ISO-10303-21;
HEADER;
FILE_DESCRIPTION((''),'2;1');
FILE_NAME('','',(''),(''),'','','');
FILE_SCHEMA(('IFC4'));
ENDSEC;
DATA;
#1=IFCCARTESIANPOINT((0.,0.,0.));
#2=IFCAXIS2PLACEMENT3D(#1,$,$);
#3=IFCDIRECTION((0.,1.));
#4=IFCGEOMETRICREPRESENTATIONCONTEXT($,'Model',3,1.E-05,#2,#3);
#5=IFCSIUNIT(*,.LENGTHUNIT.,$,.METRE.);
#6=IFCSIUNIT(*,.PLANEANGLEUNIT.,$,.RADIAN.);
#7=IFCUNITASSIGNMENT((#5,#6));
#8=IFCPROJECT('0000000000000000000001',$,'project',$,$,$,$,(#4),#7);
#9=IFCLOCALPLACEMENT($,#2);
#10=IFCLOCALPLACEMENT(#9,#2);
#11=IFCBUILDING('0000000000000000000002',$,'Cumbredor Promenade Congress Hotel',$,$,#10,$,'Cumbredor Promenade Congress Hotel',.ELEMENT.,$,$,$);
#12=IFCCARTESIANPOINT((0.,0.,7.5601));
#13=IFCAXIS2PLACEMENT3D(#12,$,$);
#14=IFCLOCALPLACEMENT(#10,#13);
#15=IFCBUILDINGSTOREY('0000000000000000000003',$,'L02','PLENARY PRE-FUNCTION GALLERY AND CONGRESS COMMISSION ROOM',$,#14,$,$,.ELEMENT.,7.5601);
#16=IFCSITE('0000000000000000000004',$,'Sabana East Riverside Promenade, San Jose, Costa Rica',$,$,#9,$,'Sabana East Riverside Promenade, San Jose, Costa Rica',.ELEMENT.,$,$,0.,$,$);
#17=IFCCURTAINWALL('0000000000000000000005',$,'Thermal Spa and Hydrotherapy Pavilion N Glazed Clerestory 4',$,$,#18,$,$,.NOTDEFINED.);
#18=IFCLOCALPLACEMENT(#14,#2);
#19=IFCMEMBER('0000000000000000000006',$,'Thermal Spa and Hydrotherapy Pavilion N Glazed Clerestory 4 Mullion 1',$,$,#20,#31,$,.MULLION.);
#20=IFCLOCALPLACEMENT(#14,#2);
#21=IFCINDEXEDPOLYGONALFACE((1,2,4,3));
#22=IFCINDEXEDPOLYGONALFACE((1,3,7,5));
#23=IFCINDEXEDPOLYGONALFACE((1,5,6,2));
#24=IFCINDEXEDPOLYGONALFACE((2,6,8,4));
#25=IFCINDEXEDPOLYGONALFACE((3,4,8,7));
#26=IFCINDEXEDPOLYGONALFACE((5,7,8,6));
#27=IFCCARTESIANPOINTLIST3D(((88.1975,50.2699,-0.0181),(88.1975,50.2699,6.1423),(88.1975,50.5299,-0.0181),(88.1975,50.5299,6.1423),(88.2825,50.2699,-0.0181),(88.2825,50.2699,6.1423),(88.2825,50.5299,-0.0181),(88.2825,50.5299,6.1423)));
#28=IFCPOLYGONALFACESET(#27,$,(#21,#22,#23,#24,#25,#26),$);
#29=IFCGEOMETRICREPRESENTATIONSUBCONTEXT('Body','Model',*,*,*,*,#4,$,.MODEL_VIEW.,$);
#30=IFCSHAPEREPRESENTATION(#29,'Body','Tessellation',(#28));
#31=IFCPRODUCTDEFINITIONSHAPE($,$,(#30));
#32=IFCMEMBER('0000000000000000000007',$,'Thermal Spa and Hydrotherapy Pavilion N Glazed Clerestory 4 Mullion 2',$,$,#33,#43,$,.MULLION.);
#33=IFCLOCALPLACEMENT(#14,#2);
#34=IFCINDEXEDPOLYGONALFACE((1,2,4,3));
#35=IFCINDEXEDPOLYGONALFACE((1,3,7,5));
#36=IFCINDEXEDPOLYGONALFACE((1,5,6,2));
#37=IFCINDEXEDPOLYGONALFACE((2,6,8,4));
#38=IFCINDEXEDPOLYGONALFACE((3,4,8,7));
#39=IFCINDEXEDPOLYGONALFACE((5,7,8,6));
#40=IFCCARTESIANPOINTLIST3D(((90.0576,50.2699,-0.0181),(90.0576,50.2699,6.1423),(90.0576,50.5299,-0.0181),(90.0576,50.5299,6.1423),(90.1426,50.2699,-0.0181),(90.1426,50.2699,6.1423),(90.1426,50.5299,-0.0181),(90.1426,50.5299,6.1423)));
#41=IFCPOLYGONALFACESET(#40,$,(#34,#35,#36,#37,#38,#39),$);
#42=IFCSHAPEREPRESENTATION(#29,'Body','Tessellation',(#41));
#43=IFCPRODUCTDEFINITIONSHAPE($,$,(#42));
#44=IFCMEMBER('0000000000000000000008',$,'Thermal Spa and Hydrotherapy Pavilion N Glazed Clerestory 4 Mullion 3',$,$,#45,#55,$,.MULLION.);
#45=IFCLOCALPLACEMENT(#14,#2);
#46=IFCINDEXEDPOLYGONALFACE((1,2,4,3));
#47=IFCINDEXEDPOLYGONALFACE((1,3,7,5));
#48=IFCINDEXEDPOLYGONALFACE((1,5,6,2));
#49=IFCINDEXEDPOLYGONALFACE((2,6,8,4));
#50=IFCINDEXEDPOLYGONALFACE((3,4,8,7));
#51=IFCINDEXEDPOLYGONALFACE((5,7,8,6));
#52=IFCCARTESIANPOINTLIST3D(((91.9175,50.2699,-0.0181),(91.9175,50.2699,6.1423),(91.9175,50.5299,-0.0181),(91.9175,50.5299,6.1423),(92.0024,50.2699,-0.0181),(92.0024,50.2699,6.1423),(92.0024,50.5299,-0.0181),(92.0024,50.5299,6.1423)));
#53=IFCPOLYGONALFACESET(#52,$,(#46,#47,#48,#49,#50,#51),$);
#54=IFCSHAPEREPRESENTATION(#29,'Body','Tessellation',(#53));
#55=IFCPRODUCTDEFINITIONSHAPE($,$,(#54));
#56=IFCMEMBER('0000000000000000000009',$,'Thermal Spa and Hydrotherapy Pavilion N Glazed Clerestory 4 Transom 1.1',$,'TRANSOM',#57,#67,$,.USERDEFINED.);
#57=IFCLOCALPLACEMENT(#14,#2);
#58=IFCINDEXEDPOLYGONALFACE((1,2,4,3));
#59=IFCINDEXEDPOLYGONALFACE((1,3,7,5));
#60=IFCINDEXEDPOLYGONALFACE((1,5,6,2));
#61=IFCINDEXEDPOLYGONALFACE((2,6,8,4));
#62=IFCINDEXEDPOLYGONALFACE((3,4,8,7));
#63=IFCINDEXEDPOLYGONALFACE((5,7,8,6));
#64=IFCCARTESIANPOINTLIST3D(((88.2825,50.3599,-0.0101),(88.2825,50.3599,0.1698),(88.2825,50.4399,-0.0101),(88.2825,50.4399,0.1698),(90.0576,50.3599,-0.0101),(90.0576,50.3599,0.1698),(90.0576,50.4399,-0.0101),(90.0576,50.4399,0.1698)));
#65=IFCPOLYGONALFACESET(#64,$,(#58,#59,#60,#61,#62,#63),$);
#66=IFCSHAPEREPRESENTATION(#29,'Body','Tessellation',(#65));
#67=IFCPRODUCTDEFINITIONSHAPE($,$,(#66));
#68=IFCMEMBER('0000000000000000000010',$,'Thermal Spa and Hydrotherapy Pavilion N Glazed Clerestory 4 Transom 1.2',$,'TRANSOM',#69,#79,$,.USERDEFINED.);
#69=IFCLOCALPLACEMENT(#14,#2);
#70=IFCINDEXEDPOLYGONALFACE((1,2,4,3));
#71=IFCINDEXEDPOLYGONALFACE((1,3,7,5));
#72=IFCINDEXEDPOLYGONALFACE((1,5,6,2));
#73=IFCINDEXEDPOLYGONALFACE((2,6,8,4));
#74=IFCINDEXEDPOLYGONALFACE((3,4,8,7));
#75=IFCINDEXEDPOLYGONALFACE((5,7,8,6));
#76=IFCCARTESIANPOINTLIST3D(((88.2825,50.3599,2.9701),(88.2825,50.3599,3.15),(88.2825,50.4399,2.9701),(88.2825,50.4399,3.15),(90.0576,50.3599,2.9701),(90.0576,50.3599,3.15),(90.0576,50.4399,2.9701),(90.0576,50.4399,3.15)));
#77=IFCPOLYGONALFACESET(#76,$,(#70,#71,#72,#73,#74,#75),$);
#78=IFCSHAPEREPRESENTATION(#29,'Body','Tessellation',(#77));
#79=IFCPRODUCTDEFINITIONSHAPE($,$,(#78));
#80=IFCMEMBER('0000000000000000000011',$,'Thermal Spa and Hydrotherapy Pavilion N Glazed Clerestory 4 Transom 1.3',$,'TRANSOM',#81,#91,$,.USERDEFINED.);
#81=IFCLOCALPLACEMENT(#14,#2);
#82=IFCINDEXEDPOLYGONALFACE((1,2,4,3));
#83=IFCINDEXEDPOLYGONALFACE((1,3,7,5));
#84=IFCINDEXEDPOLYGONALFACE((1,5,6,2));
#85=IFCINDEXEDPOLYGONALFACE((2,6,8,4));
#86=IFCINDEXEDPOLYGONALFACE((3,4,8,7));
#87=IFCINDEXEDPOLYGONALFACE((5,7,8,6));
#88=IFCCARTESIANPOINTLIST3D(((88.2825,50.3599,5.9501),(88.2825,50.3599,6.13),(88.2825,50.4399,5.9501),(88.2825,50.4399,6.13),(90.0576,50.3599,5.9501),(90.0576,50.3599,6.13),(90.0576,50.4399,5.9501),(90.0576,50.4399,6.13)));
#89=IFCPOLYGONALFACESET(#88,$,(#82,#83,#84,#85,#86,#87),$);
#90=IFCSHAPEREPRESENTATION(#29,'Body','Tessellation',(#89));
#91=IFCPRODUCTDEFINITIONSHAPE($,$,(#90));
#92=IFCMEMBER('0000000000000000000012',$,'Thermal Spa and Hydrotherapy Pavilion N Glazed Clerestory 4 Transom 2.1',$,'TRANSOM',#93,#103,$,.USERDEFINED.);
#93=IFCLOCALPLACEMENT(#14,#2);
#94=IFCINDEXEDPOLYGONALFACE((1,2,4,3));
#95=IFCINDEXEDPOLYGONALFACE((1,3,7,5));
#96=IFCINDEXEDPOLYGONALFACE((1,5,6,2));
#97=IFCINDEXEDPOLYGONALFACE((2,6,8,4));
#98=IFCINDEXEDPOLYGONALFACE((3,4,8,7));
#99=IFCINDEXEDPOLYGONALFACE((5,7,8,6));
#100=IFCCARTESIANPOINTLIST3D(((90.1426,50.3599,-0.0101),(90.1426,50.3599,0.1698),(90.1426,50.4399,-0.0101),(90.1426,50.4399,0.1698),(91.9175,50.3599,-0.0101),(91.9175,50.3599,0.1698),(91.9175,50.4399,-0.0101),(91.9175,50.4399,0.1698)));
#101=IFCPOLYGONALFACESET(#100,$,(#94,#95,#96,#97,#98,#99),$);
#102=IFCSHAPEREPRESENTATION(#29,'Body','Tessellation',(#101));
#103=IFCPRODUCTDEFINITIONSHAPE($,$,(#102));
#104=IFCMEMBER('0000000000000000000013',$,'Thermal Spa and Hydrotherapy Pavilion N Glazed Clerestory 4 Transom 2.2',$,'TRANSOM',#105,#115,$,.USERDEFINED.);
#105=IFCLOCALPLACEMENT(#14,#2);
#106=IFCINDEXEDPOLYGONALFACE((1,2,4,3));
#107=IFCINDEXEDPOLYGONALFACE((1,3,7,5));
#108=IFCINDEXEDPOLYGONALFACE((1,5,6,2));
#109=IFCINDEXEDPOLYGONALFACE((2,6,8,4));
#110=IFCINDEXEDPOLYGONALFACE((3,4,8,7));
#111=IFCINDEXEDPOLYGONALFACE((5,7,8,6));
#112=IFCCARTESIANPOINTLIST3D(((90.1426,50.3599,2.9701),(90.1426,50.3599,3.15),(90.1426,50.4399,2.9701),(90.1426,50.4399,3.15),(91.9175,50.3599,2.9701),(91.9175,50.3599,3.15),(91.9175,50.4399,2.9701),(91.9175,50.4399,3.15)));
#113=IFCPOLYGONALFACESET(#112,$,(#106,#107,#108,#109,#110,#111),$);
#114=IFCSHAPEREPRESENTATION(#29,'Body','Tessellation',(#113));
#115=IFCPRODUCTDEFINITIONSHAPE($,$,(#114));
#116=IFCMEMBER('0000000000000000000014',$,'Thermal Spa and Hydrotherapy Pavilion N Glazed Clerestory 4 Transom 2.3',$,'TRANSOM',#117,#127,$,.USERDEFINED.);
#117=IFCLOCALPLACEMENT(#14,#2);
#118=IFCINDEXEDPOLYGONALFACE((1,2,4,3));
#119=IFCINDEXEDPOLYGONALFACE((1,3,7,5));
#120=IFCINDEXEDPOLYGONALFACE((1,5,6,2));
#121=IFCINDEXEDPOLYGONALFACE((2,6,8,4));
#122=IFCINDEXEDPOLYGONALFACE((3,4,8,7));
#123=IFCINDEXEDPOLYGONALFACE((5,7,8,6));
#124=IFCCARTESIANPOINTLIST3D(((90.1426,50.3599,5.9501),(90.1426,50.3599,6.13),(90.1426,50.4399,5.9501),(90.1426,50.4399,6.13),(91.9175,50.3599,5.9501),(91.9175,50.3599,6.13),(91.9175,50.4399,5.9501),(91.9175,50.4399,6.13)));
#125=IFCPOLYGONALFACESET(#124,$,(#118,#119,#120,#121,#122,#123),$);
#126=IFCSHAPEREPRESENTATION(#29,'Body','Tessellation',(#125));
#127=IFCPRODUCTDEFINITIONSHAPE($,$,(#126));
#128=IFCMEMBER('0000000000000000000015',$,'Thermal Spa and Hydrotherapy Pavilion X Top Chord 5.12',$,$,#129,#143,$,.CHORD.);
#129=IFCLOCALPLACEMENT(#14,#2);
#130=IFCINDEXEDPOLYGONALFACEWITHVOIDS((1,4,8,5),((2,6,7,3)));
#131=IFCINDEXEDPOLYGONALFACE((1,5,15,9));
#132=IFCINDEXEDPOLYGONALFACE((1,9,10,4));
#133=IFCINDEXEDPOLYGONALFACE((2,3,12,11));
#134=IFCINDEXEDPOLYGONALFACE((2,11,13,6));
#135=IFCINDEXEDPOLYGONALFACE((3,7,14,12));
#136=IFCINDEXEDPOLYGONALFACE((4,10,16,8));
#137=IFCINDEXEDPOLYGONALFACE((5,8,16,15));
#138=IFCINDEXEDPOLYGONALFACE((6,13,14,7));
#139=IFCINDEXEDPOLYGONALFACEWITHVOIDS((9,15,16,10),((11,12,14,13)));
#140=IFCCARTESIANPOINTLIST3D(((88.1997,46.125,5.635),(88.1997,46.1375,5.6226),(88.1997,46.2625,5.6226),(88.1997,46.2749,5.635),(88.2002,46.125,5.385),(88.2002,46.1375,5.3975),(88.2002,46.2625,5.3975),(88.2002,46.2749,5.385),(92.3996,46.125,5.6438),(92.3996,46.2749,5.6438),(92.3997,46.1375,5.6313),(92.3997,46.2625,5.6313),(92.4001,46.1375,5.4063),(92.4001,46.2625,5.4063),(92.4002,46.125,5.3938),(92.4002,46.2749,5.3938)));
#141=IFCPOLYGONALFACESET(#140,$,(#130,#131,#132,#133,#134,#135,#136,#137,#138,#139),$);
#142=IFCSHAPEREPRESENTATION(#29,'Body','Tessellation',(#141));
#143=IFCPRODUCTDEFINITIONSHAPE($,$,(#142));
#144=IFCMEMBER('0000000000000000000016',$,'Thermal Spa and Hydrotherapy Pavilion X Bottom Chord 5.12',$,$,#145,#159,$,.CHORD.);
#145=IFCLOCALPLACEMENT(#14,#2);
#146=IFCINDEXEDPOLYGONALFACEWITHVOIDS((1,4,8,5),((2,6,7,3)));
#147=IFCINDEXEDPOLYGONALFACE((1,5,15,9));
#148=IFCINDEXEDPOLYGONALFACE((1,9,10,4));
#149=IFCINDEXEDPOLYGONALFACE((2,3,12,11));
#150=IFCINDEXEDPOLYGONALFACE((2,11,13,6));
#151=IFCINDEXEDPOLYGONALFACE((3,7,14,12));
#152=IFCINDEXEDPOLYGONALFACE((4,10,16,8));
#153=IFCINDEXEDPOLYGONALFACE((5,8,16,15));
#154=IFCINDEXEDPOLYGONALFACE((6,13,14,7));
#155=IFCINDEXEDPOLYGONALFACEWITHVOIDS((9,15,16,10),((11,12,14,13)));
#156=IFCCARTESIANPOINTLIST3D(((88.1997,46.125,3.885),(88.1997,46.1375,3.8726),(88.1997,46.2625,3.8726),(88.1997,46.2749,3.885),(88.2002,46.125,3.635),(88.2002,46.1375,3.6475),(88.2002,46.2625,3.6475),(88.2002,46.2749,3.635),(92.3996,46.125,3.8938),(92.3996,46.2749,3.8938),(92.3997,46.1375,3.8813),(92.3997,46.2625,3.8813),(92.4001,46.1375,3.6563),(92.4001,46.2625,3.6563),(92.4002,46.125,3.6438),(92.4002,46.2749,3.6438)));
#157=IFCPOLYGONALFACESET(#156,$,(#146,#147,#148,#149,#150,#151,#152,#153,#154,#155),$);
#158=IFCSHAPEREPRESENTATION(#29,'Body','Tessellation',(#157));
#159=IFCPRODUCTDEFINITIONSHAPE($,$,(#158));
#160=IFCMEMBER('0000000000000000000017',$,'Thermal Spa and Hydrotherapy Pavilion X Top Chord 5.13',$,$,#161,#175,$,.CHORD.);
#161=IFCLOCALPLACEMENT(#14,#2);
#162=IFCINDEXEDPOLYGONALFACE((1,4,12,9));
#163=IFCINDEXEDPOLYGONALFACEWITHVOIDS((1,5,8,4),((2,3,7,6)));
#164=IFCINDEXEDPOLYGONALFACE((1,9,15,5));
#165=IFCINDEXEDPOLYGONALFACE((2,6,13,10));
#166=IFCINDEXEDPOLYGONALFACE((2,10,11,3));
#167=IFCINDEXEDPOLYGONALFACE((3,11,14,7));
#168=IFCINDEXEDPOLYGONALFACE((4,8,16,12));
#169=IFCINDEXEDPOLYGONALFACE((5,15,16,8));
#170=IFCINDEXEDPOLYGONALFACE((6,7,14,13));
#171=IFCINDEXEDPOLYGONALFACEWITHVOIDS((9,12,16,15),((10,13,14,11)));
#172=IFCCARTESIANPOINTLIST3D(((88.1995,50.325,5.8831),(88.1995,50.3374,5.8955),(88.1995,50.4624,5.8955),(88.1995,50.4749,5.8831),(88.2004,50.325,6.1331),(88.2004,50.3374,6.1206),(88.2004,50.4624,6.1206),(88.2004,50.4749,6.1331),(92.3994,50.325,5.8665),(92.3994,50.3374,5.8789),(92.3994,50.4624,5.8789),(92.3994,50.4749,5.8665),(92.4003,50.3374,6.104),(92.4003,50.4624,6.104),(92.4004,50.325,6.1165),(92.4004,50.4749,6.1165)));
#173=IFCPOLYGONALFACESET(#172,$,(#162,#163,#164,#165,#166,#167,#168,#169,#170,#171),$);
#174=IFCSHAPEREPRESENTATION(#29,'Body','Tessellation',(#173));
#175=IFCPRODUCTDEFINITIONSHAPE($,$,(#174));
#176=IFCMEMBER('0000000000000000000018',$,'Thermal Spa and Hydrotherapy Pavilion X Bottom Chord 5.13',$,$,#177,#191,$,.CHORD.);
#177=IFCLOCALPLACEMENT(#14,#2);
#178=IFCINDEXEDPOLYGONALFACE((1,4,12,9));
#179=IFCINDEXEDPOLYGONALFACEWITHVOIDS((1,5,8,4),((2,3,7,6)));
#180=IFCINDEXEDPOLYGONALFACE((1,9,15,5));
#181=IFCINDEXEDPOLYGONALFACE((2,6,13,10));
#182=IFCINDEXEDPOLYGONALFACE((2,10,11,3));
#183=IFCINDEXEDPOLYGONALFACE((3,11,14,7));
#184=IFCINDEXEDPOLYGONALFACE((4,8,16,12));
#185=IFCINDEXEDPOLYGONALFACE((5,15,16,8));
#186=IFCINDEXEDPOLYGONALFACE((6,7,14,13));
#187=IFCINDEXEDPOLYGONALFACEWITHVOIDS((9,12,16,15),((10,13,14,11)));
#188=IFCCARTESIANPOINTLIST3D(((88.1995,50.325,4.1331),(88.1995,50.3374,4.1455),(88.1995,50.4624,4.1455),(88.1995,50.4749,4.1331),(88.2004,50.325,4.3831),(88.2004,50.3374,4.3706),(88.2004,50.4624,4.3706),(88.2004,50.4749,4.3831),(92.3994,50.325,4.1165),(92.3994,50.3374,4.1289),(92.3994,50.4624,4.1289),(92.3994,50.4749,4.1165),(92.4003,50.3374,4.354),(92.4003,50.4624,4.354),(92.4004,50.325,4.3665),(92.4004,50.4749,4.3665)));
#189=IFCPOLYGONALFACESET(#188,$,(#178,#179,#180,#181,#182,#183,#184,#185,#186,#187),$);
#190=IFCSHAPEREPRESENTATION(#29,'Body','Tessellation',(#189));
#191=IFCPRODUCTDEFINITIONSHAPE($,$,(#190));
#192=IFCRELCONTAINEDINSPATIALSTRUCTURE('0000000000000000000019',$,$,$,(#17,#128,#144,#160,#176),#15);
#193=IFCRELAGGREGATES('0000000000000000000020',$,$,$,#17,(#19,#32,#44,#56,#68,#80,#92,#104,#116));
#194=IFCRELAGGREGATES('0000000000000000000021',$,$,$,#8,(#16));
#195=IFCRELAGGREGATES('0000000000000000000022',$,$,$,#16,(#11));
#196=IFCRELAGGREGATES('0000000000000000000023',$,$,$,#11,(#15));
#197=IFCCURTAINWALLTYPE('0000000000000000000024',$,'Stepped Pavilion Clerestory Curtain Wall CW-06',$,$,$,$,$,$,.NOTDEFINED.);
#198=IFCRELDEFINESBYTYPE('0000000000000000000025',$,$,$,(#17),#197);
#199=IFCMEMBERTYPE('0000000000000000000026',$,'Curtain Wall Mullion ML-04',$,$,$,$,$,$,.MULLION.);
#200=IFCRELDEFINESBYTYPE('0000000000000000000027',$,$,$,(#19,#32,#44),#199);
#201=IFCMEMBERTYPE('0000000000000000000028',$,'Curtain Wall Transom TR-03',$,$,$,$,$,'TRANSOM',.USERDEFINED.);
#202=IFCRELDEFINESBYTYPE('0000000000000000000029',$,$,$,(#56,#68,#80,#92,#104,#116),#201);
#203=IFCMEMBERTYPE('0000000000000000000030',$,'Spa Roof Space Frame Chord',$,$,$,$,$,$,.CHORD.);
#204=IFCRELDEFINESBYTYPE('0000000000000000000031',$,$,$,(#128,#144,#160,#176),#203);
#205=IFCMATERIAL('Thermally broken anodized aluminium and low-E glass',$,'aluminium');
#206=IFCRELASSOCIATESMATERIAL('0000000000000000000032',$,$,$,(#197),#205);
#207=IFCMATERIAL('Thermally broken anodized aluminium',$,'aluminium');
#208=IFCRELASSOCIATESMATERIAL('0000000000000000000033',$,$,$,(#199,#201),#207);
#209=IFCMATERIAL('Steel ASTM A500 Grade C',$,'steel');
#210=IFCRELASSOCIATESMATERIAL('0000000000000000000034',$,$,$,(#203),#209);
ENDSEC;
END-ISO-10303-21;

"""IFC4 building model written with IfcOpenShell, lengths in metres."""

from ifc_helpers import new_model, si_unit, direction, frame, origin, origin_2d, place, context, subcontext, project, spatial, rectangle, hollow_rectangle, extrude, material, material_profile, profile_set, type_object, element, aggregate, save


model = new_model("IFC4")

# Units and contexts
model_context = context("Model", 3, precision=1e-05, world=origin(), true_north=direction((0.0, 1.0)))
body_context = subcontext(model_context, "Body", "Model", "MODEL_VIEW")
ifc_project = project(units=[si_unit("LENGTHUNIT", "METRE"), si_unit("PLANEANGLEUNIT", "RADIAN")], contexts=[model_context])

# Site, building, storey
site_placement = place(None, origin())
site = spatial("IfcSite", under=ifc_project, at=site_placement, Name="Sabana East Riverside Promenade, San Jose, Costa Rica", LongName="Sabana East Riverside Promenade, San Jose, Costa Rica", CompositionType="ELEMENT", RefElevation=0.0)
building_placement = place(site_placement, origin())
building = spatial("IfcBuilding", under=site, at=building_placement, Name="Cumbredor Promenade Congress Hotel", LongName="Cumbredor Promenade Congress Hotel", CompositionType="ELEMENT")
storey_placement = place(building_placement, frame((0.0, 0.0, 7.5601)))
storey = spatial("IfcBuildingStorey", under=building, at=storey_placement, Name="L02", Description="PLENARY PRE-FUNCTION GALLERY AND CONGRESS COMMISSION ROOM", CompositionType="ELEMENT", Elevation=7.5601)

# Curtain wall, members
ifc_material_1 = material(Name="Thermally broken anodized aluminium and low-E glass", Category="aluminium")
curtain_wall_type = type_object("IfcCurtainWallType", Name="Stepped Pavilion Clerestory Curtain Wall CW-06", PredefinedType="NOTDEFINED", material=ifc_material_1)
curtain_wall_placement = place(storey_placement, origin())
curtain_wall = element("IfcCurtainWall", 1, at=curtain_wall_placement, inside=storey, type_object=curtain_wall_type, Name="Thermal Spa and Hydrotherapy Pavilion N Glazed Clerestory 4", PredefinedType="NOTDEFINED")
ifc_material_2 = material(Name="Thermally broken anodized aluminium", Category="aluminium")
ifc_material_profile_1 = material_profile(ifc_material_2, rectangle(XDim=0.085, YDim=0.26, at=origin_2d()), Name="ALU MULLION CLERESTORY 85x260")
ifc_profile_set_1 = profile_set([ifc_material_profile_1], Name="Thermally broken anodized aluminium")
member_type_1 = type_object("IfcMemberType", Name="Curtain Wall Mullion ML-04", PredefinedType="MULLION", material=ifc_profile_set_1)
member_1_placement = place(storey_placement, frame((88.24, 50.3999, -0.0181), z_axis=(0.0, 0.0, 1.0), x_axis=(1.0, 0.0, 0.0)))
member_1 = element("IfcMember", 2, at=member_1_placement, type_object=member_type_1, Name="Thermal Spa and Hydrotherapy Pavilion N Glazed Clerestory 4 Mullion 1", PredefinedType="MULLION", context=body_context, shape_type="SweptSolid", body=[
    extrude(rectangle(XDim=0.085, YDim=0.26, at=origin_2d()), origin(), (0.0, 0.0, 1.0), 6.1604),
])
member_2_placement = place(storey_placement, frame((90.1001, 50.3999, -0.0181), z_axis=(0.0, 0.0, 1.0), x_axis=(1.0, 0.0, 0.0)))
member_2 = element("IfcMember", 3, at=member_2_placement, type_object=member_type_1, Name="Thermal Spa and Hydrotherapy Pavilion N Glazed Clerestory 4 Mullion 2", PredefinedType="MULLION", context=body_context, shape_type="SweptSolid", body=[
    extrude(rectangle(XDim=0.085, YDim=0.26, at=origin_2d()), origin(), (0.0, 0.0, 1.0), 6.1604),
])
member_3_placement = place(storey_placement, frame((91.96, 50.3999, -0.0181), z_axis=(0.0, 0.0, 1.0), x_axis=(1.0, 0.0, 0.0)))
member_3 = element("IfcMember", 4, at=member_3_placement, type_object=member_type_1, Name="Thermal Spa and Hydrotherapy Pavilion N Glazed Clerestory 4 Mullion 3", PredefinedType="MULLION", context=body_context, shape_type="SweptSolid", body=[
    extrude(rectangle(XDim=0.085, YDim=0.26, at=origin_2d()), origin(), (0.0, 0.0, 1.0), 6.1604),
])
ifc_material_profile_2 = material_profile(ifc_material_2, rectangle(XDim=0.0801, YDim=0.1799, at=origin_2d()), Name="ALU TRANSOM 80x180")
ifc_profile_set_2 = profile_set([ifc_material_profile_2], Name="Thermally broken anodized aluminium")
member_type_2 = type_object("IfcMemberType", Name="Curtain Wall Transom TR-03", ElementType="TRANSOM", PredefinedType="USERDEFINED", material=ifc_profile_set_2)
member_4_placement = place(storey_placement, frame((88.2825, 50.3999, 0.0798), z_axis=(1.0, 0.0, 0.0), x_axis=(0.0, 1.0, 0.0)))
member_4 = element("IfcMember", 5, at=member_4_placement, type_object=member_type_2, Name="Thermal Spa and Hydrotherapy Pavilion N Glazed Clerestory 4 Transom 1.1", ObjectType="TRANSOM", PredefinedType="USERDEFINED", context=body_context, shape_type="SweptSolid", body=[
    extrude(rectangle(XDim=0.0801, YDim=0.1799, at=origin_2d()), origin(), (0.0, 0.0, 1.0), 1.7751),
])
member_5_placement = place(storey_placement, frame((88.2825, 50.3999, 3.0601), z_axis=(1.0, 0.0, 0.0), x_axis=(0.0, 1.0, 0.0)))
member_5 = element("IfcMember", 6, at=member_5_placement, type_object=member_type_2, Name="Thermal Spa and Hydrotherapy Pavilion N Glazed Clerestory 4 Transom 1.2", ObjectType="TRANSOM", PredefinedType="USERDEFINED", context=body_context, shape_type="SweptSolid", body=[
    extrude(rectangle(XDim=0.0801, YDim=0.1799, at=origin_2d()), origin(), (0.0, 0.0, 1.0), 1.7751),
])
member_6_placement = place(storey_placement, frame((88.2825, 50.3999, 6.04), z_axis=(1.0, 0.0, 0.0), x_axis=(0.0, 1.0, 0.0)))
member_6 = element("IfcMember", 7, at=member_6_placement, type_object=member_type_2, Name="Thermal Spa and Hydrotherapy Pavilion N Glazed Clerestory 4 Transom 1.3", ObjectType="TRANSOM", PredefinedType="USERDEFINED", context=body_context, shape_type="SweptSolid", body=[
    extrude(rectangle(XDim=0.0801, YDim=0.1799, at=origin_2d()), origin(), (0.0, 0.0, 1.0), 1.7751),
])
member_7_placement = place(storey_placement, frame((90.1426, 50.3999, 0.0798), z_axis=(1.0, 0.0, 0.0), x_axis=(0.0, 1.0, 0.0)))
member_7 = element("IfcMember", 8, at=member_7_placement, type_object=member_type_2, Name="Thermal Spa and Hydrotherapy Pavilion N Glazed Clerestory 4 Transom 2.1", ObjectType="TRANSOM", PredefinedType="USERDEFINED", context=body_context, shape_type="SweptSolid", body=[
    extrude(rectangle(XDim=0.0801, YDim=0.1799, at=origin_2d()), origin(), (0.0, 0.0, 1.0), 1.7749),
])
member_8_placement = place(storey_placement, frame((90.1426, 50.3999, 3.0601), z_axis=(1.0, 0.0, 0.0), x_axis=(0.0, 1.0, 0.0)))
member_8 = element("IfcMember", 9, at=member_8_placement, type_object=member_type_2, Name="Thermal Spa and Hydrotherapy Pavilion N Glazed Clerestory 4 Transom 2.2", ObjectType="TRANSOM", PredefinedType="USERDEFINED", context=body_context, shape_type="SweptSolid", body=[
    extrude(rectangle(XDim=0.0801, YDim=0.1799, at=origin_2d()), origin(), (0.0, 0.0, 1.0), 1.7749),
])
member_9_placement = place(storey_placement, frame((90.1426, 50.3999, 6.04), z_axis=(1.0, 0.0, 0.0), x_axis=(0.0, 1.0, 0.0)))
member_9 = element("IfcMember", 10, at=member_9_placement, type_object=member_type_2, Name="Thermal Spa and Hydrotherapy Pavilion N Glazed Clerestory 4 Transom 2.3", ObjectType="TRANSOM", PredefinedType="USERDEFINED", context=body_context, shape_type="SweptSolid", body=[
    extrude(rectangle(XDim=0.0801, YDim=0.1799, at=origin_2d()), origin(), (0.0, 0.0, 1.0), 1.7749),
])

# Members
ifc_material_3 = material(Name="Steel ASTM A500 Grade C", Category="steel")
ifc_material_profile_3 = material_profile(ifc_material_3, hollow_rectangle(XDim=0.1499, YDim=0.25, WallThickness=0.0125, at=origin_2d()), Name="HSS 250x150x12.5")
ifc_profile_set_3 = profile_set([ifc_material_profile_3], Name="Steel ASTM A500 Grade C")
member_type_3 = type_object("IfcMemberType", Name="Spa Roof Space Frame Chord", PredefinedType="CHORD", material=ifc_profile_set_3)
for number, where, z_axis, x_axis, name in (
    (11, (88.2, 46.2, 5.51), (0.999998, 0.0, 0.002093), (0.0, 1.0, 0.0), "Thermal Spa and Hydrotherapy Pavilion X Top Chord 5.12"),
    (12, (88.2, 46.2, 3.76), (0.999998, 0.0, 0.002093), (0.0, 1.0, 0.0), "Thermal Spa and Hydrotherapy Pavilion X Bottom Chord 5.12"),
    (13, (88.2, 50.3999, 6.0081), (0.999992, 0.0, -0.003953), (0.0, 1.0, 0.0), "Thermal Spa and Hydrotherapy Pavilion X Top Chord 5.13"),
    (14, (88.2, 50.3999, 4.2581), (0.999992, 0.0, -0.003953), (0.0, 1.0, 0.0), "Thermal Spa and Hydrotherapy Pavilion X Bottom Chord 5.13"),
):
    element("IfcMember", number, at=place(storey_placement, frame(where, z_axis=z_axis, x_axis=x_axis)), inside=storey, type_object=member_type_3, Name=name, PredefinedType="CHORD", context=body_context, shape_type="SweptSolid", body=[
        extrude(hollow_rectangle(XDim=0.1499, YDim=0.25, WallThickness=0.0125, at=origin_2d()), origin(), (0.0, 0.0, 1.0), 4.2),
    ])

aggregate(curtain_wall, [member_1, member_2, member_3, member_4, member_5, member_6, member_7, member_8, member_9])

save(model, "model.ifc")
